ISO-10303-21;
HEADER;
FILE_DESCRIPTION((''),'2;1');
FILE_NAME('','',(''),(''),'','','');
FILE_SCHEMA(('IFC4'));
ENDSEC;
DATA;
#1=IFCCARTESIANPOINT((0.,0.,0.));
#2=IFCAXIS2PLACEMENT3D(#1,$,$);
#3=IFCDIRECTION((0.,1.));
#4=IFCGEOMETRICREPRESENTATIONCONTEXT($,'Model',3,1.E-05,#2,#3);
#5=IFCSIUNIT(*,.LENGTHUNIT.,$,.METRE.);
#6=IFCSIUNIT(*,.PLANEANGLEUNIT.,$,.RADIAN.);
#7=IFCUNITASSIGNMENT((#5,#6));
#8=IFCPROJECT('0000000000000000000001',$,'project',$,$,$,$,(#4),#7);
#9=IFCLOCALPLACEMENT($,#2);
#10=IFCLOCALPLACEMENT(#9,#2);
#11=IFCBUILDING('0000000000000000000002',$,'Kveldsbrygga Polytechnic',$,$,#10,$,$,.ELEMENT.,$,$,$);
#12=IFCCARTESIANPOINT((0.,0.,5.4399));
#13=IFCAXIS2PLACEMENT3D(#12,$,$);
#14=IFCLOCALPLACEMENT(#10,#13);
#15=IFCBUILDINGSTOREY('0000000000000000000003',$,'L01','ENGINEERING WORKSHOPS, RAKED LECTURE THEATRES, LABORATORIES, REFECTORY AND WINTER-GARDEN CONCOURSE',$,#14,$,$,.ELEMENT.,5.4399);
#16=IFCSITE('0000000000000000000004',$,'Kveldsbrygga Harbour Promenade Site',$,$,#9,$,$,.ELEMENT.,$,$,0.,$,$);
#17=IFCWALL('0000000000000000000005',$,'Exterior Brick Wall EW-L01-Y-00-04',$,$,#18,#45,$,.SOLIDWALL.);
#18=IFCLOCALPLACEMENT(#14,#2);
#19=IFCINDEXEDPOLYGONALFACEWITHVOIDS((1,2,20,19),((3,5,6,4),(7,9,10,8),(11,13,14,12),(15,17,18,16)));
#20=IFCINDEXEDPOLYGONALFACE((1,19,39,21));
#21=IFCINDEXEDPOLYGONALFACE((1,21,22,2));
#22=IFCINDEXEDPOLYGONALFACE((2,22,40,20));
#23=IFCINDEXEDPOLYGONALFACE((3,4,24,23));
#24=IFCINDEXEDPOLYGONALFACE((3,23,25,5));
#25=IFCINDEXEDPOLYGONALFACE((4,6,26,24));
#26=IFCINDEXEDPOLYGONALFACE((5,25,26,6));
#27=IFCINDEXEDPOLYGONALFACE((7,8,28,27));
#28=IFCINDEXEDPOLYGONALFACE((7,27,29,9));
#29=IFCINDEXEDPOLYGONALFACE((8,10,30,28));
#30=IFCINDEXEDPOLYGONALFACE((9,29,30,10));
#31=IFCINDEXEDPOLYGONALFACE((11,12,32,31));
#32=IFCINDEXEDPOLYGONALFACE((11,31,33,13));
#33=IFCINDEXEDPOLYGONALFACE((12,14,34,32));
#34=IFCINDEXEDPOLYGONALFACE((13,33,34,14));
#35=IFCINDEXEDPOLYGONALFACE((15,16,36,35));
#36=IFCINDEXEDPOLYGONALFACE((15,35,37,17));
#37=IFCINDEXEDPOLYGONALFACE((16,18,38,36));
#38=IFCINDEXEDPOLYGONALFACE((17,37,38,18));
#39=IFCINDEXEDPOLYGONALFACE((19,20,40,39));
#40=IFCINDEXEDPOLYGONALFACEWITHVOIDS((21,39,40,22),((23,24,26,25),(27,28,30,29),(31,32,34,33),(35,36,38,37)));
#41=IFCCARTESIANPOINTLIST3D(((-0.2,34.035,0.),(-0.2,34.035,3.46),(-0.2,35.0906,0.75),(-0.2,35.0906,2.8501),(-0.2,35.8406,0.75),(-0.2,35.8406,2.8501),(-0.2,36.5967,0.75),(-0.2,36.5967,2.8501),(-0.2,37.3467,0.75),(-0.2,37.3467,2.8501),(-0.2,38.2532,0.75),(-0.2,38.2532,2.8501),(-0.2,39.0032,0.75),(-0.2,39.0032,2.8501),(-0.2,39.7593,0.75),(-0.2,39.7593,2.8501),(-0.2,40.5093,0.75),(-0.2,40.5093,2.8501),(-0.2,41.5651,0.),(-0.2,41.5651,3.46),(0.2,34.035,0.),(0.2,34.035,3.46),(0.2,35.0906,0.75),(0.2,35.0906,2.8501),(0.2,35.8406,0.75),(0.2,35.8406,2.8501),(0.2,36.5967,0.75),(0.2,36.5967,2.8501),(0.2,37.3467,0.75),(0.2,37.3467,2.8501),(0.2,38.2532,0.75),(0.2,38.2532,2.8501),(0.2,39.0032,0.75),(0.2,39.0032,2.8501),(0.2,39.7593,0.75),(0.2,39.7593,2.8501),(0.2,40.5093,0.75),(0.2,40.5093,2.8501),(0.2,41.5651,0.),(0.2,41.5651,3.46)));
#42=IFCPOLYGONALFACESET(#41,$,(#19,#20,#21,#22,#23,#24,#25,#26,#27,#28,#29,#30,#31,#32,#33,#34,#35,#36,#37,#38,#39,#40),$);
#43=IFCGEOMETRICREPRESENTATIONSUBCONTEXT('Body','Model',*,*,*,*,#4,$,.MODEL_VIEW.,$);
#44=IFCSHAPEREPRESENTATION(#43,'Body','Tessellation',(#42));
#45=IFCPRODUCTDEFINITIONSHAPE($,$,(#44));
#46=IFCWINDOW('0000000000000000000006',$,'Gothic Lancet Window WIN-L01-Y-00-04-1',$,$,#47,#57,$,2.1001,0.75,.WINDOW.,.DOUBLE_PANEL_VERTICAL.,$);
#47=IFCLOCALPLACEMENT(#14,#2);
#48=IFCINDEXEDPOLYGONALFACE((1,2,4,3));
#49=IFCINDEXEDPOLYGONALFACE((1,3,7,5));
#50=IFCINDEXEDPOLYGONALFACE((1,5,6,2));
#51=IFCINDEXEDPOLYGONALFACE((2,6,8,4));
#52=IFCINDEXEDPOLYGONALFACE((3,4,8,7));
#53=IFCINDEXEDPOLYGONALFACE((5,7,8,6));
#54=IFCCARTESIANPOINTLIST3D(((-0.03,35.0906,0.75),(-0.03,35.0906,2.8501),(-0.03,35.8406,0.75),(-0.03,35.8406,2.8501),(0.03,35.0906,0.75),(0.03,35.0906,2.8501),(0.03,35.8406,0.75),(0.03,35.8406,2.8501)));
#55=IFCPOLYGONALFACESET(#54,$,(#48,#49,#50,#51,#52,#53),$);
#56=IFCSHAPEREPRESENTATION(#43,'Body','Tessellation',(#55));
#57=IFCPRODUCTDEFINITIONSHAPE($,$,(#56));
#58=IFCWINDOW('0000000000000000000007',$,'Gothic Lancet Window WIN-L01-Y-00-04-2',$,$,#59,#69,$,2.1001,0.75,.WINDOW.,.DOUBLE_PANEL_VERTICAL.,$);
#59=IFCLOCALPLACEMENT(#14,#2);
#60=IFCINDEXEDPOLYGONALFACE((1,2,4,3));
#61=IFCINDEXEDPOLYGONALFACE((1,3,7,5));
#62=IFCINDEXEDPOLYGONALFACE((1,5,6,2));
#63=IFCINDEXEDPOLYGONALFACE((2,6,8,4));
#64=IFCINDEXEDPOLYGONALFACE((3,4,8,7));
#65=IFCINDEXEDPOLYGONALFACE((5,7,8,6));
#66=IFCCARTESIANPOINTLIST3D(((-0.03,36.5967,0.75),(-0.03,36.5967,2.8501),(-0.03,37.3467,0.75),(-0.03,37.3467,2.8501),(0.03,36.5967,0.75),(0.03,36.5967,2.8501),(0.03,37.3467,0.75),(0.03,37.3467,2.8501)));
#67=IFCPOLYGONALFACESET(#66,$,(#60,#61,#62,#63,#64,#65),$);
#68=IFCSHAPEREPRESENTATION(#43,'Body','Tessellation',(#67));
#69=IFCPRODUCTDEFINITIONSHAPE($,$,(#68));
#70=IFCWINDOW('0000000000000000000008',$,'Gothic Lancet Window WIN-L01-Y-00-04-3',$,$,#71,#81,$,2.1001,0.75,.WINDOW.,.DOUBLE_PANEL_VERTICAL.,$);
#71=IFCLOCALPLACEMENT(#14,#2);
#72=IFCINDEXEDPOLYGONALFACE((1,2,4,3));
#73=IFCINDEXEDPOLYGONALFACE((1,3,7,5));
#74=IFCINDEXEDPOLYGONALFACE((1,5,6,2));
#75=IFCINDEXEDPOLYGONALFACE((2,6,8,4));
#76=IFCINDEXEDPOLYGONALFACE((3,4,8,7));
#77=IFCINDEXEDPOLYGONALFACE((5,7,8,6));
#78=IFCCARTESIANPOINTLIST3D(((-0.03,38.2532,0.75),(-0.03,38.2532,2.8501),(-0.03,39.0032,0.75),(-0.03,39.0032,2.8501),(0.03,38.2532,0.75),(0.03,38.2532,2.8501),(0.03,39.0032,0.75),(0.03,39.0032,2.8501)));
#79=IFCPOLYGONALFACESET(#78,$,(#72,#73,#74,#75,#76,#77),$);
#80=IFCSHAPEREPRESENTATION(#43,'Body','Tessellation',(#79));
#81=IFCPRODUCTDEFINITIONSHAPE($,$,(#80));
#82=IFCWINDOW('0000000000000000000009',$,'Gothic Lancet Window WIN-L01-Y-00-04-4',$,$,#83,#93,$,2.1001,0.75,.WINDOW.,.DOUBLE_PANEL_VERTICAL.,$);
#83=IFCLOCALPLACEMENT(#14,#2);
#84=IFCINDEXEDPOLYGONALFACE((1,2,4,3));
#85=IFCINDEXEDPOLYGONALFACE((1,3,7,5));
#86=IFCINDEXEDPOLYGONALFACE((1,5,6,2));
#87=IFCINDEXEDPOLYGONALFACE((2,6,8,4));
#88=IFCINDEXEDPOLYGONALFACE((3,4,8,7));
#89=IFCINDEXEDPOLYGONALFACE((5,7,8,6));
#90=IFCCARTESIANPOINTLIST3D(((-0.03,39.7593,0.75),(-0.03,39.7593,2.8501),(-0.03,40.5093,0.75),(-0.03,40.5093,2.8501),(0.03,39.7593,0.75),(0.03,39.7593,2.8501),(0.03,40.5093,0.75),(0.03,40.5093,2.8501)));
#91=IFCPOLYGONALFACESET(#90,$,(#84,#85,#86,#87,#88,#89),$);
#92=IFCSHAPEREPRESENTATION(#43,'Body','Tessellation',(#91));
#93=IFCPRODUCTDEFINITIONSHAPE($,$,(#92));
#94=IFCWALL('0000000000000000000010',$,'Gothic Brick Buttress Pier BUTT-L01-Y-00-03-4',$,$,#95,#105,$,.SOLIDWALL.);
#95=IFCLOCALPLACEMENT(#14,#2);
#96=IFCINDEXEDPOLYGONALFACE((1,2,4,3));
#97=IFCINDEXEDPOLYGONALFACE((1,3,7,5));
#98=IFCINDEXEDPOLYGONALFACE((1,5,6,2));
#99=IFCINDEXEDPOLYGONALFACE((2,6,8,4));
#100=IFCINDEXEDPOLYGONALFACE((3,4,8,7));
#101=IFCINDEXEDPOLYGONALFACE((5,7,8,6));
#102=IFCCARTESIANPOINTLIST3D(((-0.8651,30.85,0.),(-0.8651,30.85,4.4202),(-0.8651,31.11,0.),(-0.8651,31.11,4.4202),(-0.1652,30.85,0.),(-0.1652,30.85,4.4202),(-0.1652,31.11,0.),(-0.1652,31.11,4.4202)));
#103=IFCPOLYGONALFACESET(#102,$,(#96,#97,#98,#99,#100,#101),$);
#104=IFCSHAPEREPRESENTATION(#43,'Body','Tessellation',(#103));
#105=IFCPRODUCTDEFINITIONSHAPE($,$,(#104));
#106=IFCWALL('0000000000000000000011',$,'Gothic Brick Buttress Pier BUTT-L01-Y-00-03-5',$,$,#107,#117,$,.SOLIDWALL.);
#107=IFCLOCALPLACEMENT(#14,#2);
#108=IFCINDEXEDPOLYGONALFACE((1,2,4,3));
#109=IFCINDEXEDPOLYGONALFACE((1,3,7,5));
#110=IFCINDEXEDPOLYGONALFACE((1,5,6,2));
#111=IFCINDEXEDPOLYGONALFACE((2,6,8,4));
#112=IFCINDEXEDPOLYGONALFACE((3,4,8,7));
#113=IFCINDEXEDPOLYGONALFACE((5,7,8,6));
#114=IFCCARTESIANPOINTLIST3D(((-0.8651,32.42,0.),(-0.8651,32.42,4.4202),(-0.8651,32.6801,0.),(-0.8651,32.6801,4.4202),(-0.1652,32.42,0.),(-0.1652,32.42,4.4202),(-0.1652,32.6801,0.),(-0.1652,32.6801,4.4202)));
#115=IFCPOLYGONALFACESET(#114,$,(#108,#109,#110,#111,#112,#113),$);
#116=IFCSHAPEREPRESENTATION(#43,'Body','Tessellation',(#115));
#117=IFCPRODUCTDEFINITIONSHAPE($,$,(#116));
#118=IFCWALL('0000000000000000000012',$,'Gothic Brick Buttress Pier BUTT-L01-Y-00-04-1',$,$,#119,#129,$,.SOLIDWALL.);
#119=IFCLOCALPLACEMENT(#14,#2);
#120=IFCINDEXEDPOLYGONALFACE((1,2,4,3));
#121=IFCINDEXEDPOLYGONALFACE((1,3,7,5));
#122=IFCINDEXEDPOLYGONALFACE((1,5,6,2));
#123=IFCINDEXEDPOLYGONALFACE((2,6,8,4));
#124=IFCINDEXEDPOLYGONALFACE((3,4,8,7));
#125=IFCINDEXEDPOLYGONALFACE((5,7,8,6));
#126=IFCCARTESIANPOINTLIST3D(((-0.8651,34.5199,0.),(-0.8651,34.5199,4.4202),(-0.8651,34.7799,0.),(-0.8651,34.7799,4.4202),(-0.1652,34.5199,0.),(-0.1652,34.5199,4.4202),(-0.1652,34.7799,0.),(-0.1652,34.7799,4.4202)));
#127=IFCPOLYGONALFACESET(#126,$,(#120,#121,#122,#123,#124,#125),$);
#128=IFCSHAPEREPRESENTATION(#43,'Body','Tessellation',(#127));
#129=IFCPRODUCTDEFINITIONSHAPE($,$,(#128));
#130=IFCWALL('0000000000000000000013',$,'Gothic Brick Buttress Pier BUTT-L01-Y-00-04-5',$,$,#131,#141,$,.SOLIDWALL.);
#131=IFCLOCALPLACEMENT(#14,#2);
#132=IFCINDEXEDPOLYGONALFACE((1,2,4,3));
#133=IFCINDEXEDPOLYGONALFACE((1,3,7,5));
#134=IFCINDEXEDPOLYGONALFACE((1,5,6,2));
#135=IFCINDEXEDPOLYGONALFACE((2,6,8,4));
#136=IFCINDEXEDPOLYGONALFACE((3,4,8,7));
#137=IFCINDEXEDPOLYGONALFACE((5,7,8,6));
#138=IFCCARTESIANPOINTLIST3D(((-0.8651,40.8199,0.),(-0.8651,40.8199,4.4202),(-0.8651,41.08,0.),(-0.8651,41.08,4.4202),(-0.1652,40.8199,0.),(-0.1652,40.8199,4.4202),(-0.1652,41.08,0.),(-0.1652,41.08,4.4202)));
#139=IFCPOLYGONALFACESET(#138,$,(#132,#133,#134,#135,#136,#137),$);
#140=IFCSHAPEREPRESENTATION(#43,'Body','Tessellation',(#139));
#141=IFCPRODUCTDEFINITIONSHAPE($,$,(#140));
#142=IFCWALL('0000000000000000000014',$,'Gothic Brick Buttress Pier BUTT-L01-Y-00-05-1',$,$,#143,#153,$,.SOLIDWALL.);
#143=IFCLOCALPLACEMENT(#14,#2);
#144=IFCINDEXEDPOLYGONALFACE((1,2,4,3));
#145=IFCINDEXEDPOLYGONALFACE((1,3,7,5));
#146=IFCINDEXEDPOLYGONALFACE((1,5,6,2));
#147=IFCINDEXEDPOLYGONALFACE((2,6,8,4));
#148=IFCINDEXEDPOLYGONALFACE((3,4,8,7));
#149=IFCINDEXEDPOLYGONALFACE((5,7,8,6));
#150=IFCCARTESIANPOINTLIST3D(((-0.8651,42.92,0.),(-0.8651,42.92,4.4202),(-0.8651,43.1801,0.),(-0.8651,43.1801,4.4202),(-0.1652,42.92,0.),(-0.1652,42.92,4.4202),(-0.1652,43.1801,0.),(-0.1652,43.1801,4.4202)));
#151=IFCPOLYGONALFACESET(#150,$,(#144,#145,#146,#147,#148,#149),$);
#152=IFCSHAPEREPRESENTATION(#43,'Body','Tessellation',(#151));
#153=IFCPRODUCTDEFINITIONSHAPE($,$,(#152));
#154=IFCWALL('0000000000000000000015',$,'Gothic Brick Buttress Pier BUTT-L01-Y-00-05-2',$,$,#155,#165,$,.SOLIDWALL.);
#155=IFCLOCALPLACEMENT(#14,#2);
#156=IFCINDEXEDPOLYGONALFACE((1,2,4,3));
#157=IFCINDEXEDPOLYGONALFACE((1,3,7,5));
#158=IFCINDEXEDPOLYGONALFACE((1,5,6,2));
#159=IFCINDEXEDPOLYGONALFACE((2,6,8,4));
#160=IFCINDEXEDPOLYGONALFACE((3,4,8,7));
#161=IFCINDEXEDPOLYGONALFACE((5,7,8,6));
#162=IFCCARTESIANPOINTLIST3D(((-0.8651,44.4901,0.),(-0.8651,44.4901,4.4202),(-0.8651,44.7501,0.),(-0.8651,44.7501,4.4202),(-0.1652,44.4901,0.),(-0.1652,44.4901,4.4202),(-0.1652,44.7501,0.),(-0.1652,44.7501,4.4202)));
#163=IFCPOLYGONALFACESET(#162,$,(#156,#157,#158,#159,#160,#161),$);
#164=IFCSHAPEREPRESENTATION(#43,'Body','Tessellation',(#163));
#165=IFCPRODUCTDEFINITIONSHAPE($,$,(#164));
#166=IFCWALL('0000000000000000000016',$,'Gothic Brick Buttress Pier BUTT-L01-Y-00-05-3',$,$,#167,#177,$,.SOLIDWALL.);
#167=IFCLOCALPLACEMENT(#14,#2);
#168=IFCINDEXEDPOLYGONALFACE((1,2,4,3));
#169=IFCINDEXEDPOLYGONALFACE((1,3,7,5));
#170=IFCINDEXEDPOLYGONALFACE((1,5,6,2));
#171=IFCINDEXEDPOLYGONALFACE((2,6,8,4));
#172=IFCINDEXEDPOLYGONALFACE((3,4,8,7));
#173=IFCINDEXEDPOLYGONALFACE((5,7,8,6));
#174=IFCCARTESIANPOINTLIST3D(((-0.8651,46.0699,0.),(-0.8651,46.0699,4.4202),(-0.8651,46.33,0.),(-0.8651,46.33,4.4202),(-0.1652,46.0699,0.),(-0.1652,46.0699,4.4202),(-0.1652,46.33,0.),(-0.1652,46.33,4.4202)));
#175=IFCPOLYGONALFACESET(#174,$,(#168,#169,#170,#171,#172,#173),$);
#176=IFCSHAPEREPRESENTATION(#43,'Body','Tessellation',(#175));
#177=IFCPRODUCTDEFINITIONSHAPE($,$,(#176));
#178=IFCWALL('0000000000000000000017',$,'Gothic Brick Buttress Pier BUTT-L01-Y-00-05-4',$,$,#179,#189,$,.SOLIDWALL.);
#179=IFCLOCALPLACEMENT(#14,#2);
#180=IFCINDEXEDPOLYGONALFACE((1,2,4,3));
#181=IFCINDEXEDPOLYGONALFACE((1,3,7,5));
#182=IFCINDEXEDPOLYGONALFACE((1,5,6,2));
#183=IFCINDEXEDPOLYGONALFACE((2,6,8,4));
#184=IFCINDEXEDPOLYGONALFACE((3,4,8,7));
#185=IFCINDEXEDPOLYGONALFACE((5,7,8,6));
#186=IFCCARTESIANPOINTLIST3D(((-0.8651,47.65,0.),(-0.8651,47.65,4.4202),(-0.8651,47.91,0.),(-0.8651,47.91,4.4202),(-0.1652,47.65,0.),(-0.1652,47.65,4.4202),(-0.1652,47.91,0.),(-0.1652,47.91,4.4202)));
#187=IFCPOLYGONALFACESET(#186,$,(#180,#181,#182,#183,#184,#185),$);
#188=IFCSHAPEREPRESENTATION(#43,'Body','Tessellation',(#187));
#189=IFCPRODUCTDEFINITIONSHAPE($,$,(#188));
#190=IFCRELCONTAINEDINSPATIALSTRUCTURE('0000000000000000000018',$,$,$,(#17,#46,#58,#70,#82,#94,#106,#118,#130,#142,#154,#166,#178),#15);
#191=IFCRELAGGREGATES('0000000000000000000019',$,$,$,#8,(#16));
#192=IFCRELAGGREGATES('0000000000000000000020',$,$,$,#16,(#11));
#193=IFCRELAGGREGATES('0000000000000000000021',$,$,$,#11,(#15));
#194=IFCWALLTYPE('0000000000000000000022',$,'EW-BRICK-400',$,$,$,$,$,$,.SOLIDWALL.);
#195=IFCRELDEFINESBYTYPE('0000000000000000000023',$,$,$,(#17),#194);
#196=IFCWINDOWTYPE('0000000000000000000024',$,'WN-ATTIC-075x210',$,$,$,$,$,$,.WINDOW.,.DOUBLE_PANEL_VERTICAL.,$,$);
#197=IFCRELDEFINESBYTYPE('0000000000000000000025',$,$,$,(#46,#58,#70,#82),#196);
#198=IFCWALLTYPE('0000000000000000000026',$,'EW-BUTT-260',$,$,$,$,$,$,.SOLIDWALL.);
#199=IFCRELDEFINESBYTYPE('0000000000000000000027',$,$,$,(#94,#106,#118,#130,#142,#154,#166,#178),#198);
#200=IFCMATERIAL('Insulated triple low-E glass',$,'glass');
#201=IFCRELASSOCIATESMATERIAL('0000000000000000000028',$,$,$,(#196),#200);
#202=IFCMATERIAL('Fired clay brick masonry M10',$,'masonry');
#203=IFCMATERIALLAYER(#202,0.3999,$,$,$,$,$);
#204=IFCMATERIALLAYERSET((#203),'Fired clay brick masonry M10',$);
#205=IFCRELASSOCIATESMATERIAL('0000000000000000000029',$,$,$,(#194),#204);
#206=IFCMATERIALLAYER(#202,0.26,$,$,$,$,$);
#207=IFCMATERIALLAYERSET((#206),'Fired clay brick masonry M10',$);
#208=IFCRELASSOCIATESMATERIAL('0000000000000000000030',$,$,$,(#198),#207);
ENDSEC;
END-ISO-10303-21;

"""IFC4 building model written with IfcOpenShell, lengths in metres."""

from ifc_helpers import new_model, si_unit, direction, frame, frame_2d, origin, place, context, subcontext, project, spatial, rectangle, extrude, material, layer, layer_set, type_object, element, fill, save


model = new_model("IFC4")

# Units and contexts
model_context = context("Model", 3, precision=1e-05, world=origin(), true_north=direction((0.0, 1.0)))
body_context = subcontext(model_context, "Body", "Model", "MODEL_VIEW")
ifc_project = project(units=[si_unit("LENGTHUNIT", "METRE"), si_unit("PLANEANGLEUNIT", "RADIAN")], contexts=[model_context])

# Site, building, storey
site_placement = place(None, origin())
site = spatial("IfcSite", under=ifc_project, at=site_placement, Name="Kveldsbrygga Harbour Promenade Site", CompositionType="ELEMENT", RefElevation=0.0)
building_placement = place(site_placement, origin())
building = spatial("IfcBuilding", under=site, at=building_placement, Name="Kveldsbrygga Polytechnic", CompositionType="ELEMENT")
storey_placement = place(building_placement, frame((0.0, 0.0, 5.4399)))
storey = spatial("IfcBuildingStorey", under=building, at=storey_placement, Name="L01", Description="ENGINEERING WORKSHOPS, RAKED LECTURE THEATRES, LABORATORIES, REFECTORY AND WINTER-GARDEN CONCOURSE", CompositionType="ELEMENT", Elevation=5.4399)

# Wall, openings, windows
ifc_material_1 = material(Name="Fired clay brick masonry M10", Category="masonry")
ifc_material_2 = material(Name="Insulated triple low-E glass", Category="glass")
window_type = type_object("IfcWindowType", Name="WN-ATTIC-075x210", PartitioningType="DOUBLE_PANEL_VERTICAL", PredefinedType="WINDOW", material=ifc_material_2)
ifc_layer_1 = layer(ifc_material_1, 0.3999)
ifc_layer_set_1 = layer_set([ifc_layer_1], Name="Fired clay brick masonry M10")
wall_type_1 = type_object("IfcWallType", Name="EW-BRICK-400", PredefinedType="SOLIDWALL", material=ifc_layer_set_1)
wall_1_placement = place(storey_placement, frame((0.0, 34.0349, 0.0), z_axis=(0.0, 0.0, 1.0), x_axis=(0.0, 1.0, 0.0)))
wall_1 = element("IfcWall", 1, at=wall_1_placement, inside=storey, type_object=wall_type_1, Name="Exterior Brick Wall EW-L01-Y-00-04", PredefinedType="SOLIDWALL", context=body_context, shape_type="SweptSolid", body=[
    extrude(rectangle(XDim=7.53, YDim=0.3999, at=frame_2d((3.7651, 0.0))), origin(), (0.0, 0.0, 1.0), 3.46),
])
opening_1_placement = place(wall_1_placement, frame((1.0557, 0.0, 0.75)))
opening_1 = element("IfcOpeningElement", 2, at=opening_1_placement, cuts=wall_1, PredefinedType="OPENING", context=body_context, shape_type="SweptSolid", body=[
    extrude(rectangle(XDim=0.75, YDim=2.1001, at=frame_2d((0.375, 1.05))), frame((0.0, 0.21, 0.0), z_axis=(0.0, -1.0, 0.0), x_axis=(1.0, 0.0, 0.0)), (0.0, 0.0, 1.0), 0.4199),
])
opening_2_placement = place(wall_1_placement, frame((2.5618, 0.0, 0.75)))
opening_2 = element("IfcOpeningElement", 3, at=opening_2_placement, cuts=wall_1, PredefinedType="OPENING", context=body_context, shape_type="SweptSolid", body=[
    extrude(rectangle(XDim=0.75, YDim=2.1001, at=frame_2d((0.375, 1.05))), frame((0.0, 0.21, 0.0), z_axis=(0.0, -1.0, 0.0), x_axis=(1.0, 0.0, 0.0)), (0.0, 0.0, 1.0), 0.4199),
])
opening_3_placement = place(wall_1_placement, frame((4.2183, 0.0, 0.75)))
opening_3 = element("IfcOpeningElement", 4, at=opening_3_placement, cuts=wall_1, PredefinedType="OPENING", context=body_context, shape_type="SweptSolid", body=[
    extrude(rectangle(XDim=0.75, YDim=2.1001, at=frame_2d((0.375, 1.05))), frame((0.0, 0.21, 0.0), z_axis=(0.0, -1.0, 0.0), x_axis=(1.0, 0.0, 0.0)), (0.0, 0.0, 1.0), 0.4199),
])
opening_4_placement = place(wall_1_placement, frame((5.7244, 0.0, 0.75)))
opening_4 = element("IfcOpeningElement", 5, at=opening_4_placement, cuts=wall_1, PredefinedType="OPENING", context=body_context, shape_type="SweptSolid", body=[
    extrude(rectangle(XDim=0.75, YDim=2.1001, at=frame_2d((0.375, 1.05))), frame((0.0, 0.21, 0.0), z_axis=(0.0, -1.0, 0.0), x_axis=(1.0, 0.0, 0.0)), (0.0, 0.0, 1.0), 0.4199),
])
window_1_placement = place(opening_1_placement, origin())
window_1 = element("IfcWindow", 6, at=window_1_placement, inside=storey, type_object=window_type, Name="Gothic Lancet Window WIN-L01-Y-00-04-1", OverallHeight=2.1001, OverallWidth=0.75, PartitioningType="DOUBLE_PANEL_VERTICAL", PredefinedType="WINDOW", context=body_context, shape_type="SweptSolid", body=[
    extrude(rectangle(XDim=0.75, YDim=2.1001, at=frame_2d((0.375, 1.05))), frame((0.0, 0.03, 0.0), z_axis=(0.0, -1.0, 0.0), x_axis=(1.0, 0.0, 0.0)), (0.0, 0.0, 1.0), 0.0601),
])
fill(opening_1, window_1)
window_2_placement = place(opening_2_placement, origin())
window_2 = element("IfcWindow", 7, at=window_2_placement, inside=storey, type_object=window_type, Name="Gothic Lancet Window WIN-L01-Y-00-04-2", OverallHeight=2.1001, OverallWidth=0.75, PartitioningType="DOUBLE_PANEL_VERTICAL", PredefinedType="WINDOW", context=body_context, shape_type="SweptSolid", body=[
    extrude(rectangle(XDim=0.75, YDim=2.1001, at=frame_2d((0.375, 1.05))), frame((0.0, 0.03, 0.0), z_axis=(0.0, -1.0, 0.0), x_axis=(1.0, 0.0, 0.0)), (0.0, 0.0, 1.0), 0.0601),
])
fill(opening_2, window_2)
window_3_placement = place(opening_3_placement, origin())
window_3 = element("IfcWindow", 8, at=window_3_placement, inside=storey, type_object=window_type, Name="Gothic Lancet Window WIN-L01-Y-00-04-3", OverallHeight=2.1001, OverallWidth=0.75, PartitioningType="DOUBLE_PANEL_VERTICAL", PredefinedType="WINDOW", context=body_context, shape_type="SweptSolid", body=[
    extrude(rectangle(XDim=0.75, YDim=2.1001, at=frame_2d((0.375, 1.05))), frame((0.0, 0.03, 0.0), z_axis=(0.0, -1.0, 0.0), x_axis=(1.0, 0.0, 0.0)), (0.0, 0.0, 1.0), 0.0601),
])
fill(opening_3, window_3)
window_4_placement = place(opening_4_placement, origin())
window_4 = element("IfcWindow", 9, at=window_4_placement, inside=storey, type_object=window_type, Name="Gothic Lancet Window WIN-L01-Y-00-04-4", OverallHeight=2.1001, OverallWidth=0.75, PartitioningType="DOUBLE_PANEL_VERTICAL", PredefinedType="WINDOW", context=body_context, shape_type="SweptSolid", body=[
    extrude(rectangle(XDim=0.75, YDim=2.1001, at=frame_2d((0.375, 1.05))), frame((0.0, 0.03, 0.0), z_axis=(0.0, -1.0, 0.0), x_axis=(1.0, 0.0, 0.0)), (0.0, 0.0, 1.0), 0.0601),
])
fill(opening_4, window_4)

# Walls
ifc_layer_2 = layer(ifc_material_1, 0.26)
ifc_layer_set_2 = layer_set([ifc_layer_2], Name="Fired clay brick masonry M10")
wall_type_2 = type_object("IfcWallType", Name="EW-BUTT-260", PredefinedType="SOLIDWALL", material=ifc_layer_set_2)
for number, where, z_axis, x_axis, name in (
    (10, (-0.165, 30.98, 0.0), (0.0, 0.0, 1.0), (-1.0, 0.0, 0.0), "Gothic Brick Buttress Pier BUTT-L01-Y-00-03-4"),
    (11, (-0.165, 32.55, 0.0), (0.0, 0.0, 1.0), (-1.0, 0.0, 0.0), "Gothic Brick Buttress Pier BUTT-L01-Y-00-03-5"),
    (12, (-0.165, 34.6499, 0.0), (0.0, 0.0, 1.0), (-1.0, 0.0, 0.0), "Gothic Brick Buttress Pier BUTT-L01-Y-00-04-1"),
    (13, (-0.165, 40.95, 0.0), (0.0, 0.0, 1.0), (-1.0, 0.0, 0.0), "Gothic Brick Buttress Pier BUTT-L01-Y-00-04-5"),
    (14, (-0.165, 43.05, 0.0), (0.0, 0.0, 1.0), (-1.0, 0.0, 0.0), "Gothic Brick Buttress Pier BUTT-L01-Y-00-05-1"),
    (15, (-0.165, 44.6201, 0.0), (0.0, 0.0, 1.0), (-1.0, 0.0, 0.0), "Gothic Brick Buttress Pier BUTT-L01-Y-00-05-2"),
    (16, (-0.165, 46.2, 0.0), (0.0, 0.0, 1.0), (-1.0, 0.0, 0.0), "Gothic Brick Buttress Pier BUTT-L01-Y-00-05-3"),
    (17, (-0.165, 47.78, 0.0), (0.0, 0.0, 1.0), (-1.0, 0.0, 0.0), "Gothic Brick Buttress Pier BUTT-L01-Y-00-05-4"),
):
    element("IfcWall", number, at=place(storey_placement, frame(where, z_axis=z_axis, x_axis=x_axis)), inside=storey, type_object=wall_type_2, Name=name, PredefinedType="SOLIDWALL", context=body_context, shape_type="SweptSolid", body=[
        extrude(rectangle(XDim=0.7, YDim=0.26, at=frame_2d((0.3501, 0.0))), origin(), (0.0, 0.0, 1.0), 4.4202),
    ])

save(model, "model.ifc")
